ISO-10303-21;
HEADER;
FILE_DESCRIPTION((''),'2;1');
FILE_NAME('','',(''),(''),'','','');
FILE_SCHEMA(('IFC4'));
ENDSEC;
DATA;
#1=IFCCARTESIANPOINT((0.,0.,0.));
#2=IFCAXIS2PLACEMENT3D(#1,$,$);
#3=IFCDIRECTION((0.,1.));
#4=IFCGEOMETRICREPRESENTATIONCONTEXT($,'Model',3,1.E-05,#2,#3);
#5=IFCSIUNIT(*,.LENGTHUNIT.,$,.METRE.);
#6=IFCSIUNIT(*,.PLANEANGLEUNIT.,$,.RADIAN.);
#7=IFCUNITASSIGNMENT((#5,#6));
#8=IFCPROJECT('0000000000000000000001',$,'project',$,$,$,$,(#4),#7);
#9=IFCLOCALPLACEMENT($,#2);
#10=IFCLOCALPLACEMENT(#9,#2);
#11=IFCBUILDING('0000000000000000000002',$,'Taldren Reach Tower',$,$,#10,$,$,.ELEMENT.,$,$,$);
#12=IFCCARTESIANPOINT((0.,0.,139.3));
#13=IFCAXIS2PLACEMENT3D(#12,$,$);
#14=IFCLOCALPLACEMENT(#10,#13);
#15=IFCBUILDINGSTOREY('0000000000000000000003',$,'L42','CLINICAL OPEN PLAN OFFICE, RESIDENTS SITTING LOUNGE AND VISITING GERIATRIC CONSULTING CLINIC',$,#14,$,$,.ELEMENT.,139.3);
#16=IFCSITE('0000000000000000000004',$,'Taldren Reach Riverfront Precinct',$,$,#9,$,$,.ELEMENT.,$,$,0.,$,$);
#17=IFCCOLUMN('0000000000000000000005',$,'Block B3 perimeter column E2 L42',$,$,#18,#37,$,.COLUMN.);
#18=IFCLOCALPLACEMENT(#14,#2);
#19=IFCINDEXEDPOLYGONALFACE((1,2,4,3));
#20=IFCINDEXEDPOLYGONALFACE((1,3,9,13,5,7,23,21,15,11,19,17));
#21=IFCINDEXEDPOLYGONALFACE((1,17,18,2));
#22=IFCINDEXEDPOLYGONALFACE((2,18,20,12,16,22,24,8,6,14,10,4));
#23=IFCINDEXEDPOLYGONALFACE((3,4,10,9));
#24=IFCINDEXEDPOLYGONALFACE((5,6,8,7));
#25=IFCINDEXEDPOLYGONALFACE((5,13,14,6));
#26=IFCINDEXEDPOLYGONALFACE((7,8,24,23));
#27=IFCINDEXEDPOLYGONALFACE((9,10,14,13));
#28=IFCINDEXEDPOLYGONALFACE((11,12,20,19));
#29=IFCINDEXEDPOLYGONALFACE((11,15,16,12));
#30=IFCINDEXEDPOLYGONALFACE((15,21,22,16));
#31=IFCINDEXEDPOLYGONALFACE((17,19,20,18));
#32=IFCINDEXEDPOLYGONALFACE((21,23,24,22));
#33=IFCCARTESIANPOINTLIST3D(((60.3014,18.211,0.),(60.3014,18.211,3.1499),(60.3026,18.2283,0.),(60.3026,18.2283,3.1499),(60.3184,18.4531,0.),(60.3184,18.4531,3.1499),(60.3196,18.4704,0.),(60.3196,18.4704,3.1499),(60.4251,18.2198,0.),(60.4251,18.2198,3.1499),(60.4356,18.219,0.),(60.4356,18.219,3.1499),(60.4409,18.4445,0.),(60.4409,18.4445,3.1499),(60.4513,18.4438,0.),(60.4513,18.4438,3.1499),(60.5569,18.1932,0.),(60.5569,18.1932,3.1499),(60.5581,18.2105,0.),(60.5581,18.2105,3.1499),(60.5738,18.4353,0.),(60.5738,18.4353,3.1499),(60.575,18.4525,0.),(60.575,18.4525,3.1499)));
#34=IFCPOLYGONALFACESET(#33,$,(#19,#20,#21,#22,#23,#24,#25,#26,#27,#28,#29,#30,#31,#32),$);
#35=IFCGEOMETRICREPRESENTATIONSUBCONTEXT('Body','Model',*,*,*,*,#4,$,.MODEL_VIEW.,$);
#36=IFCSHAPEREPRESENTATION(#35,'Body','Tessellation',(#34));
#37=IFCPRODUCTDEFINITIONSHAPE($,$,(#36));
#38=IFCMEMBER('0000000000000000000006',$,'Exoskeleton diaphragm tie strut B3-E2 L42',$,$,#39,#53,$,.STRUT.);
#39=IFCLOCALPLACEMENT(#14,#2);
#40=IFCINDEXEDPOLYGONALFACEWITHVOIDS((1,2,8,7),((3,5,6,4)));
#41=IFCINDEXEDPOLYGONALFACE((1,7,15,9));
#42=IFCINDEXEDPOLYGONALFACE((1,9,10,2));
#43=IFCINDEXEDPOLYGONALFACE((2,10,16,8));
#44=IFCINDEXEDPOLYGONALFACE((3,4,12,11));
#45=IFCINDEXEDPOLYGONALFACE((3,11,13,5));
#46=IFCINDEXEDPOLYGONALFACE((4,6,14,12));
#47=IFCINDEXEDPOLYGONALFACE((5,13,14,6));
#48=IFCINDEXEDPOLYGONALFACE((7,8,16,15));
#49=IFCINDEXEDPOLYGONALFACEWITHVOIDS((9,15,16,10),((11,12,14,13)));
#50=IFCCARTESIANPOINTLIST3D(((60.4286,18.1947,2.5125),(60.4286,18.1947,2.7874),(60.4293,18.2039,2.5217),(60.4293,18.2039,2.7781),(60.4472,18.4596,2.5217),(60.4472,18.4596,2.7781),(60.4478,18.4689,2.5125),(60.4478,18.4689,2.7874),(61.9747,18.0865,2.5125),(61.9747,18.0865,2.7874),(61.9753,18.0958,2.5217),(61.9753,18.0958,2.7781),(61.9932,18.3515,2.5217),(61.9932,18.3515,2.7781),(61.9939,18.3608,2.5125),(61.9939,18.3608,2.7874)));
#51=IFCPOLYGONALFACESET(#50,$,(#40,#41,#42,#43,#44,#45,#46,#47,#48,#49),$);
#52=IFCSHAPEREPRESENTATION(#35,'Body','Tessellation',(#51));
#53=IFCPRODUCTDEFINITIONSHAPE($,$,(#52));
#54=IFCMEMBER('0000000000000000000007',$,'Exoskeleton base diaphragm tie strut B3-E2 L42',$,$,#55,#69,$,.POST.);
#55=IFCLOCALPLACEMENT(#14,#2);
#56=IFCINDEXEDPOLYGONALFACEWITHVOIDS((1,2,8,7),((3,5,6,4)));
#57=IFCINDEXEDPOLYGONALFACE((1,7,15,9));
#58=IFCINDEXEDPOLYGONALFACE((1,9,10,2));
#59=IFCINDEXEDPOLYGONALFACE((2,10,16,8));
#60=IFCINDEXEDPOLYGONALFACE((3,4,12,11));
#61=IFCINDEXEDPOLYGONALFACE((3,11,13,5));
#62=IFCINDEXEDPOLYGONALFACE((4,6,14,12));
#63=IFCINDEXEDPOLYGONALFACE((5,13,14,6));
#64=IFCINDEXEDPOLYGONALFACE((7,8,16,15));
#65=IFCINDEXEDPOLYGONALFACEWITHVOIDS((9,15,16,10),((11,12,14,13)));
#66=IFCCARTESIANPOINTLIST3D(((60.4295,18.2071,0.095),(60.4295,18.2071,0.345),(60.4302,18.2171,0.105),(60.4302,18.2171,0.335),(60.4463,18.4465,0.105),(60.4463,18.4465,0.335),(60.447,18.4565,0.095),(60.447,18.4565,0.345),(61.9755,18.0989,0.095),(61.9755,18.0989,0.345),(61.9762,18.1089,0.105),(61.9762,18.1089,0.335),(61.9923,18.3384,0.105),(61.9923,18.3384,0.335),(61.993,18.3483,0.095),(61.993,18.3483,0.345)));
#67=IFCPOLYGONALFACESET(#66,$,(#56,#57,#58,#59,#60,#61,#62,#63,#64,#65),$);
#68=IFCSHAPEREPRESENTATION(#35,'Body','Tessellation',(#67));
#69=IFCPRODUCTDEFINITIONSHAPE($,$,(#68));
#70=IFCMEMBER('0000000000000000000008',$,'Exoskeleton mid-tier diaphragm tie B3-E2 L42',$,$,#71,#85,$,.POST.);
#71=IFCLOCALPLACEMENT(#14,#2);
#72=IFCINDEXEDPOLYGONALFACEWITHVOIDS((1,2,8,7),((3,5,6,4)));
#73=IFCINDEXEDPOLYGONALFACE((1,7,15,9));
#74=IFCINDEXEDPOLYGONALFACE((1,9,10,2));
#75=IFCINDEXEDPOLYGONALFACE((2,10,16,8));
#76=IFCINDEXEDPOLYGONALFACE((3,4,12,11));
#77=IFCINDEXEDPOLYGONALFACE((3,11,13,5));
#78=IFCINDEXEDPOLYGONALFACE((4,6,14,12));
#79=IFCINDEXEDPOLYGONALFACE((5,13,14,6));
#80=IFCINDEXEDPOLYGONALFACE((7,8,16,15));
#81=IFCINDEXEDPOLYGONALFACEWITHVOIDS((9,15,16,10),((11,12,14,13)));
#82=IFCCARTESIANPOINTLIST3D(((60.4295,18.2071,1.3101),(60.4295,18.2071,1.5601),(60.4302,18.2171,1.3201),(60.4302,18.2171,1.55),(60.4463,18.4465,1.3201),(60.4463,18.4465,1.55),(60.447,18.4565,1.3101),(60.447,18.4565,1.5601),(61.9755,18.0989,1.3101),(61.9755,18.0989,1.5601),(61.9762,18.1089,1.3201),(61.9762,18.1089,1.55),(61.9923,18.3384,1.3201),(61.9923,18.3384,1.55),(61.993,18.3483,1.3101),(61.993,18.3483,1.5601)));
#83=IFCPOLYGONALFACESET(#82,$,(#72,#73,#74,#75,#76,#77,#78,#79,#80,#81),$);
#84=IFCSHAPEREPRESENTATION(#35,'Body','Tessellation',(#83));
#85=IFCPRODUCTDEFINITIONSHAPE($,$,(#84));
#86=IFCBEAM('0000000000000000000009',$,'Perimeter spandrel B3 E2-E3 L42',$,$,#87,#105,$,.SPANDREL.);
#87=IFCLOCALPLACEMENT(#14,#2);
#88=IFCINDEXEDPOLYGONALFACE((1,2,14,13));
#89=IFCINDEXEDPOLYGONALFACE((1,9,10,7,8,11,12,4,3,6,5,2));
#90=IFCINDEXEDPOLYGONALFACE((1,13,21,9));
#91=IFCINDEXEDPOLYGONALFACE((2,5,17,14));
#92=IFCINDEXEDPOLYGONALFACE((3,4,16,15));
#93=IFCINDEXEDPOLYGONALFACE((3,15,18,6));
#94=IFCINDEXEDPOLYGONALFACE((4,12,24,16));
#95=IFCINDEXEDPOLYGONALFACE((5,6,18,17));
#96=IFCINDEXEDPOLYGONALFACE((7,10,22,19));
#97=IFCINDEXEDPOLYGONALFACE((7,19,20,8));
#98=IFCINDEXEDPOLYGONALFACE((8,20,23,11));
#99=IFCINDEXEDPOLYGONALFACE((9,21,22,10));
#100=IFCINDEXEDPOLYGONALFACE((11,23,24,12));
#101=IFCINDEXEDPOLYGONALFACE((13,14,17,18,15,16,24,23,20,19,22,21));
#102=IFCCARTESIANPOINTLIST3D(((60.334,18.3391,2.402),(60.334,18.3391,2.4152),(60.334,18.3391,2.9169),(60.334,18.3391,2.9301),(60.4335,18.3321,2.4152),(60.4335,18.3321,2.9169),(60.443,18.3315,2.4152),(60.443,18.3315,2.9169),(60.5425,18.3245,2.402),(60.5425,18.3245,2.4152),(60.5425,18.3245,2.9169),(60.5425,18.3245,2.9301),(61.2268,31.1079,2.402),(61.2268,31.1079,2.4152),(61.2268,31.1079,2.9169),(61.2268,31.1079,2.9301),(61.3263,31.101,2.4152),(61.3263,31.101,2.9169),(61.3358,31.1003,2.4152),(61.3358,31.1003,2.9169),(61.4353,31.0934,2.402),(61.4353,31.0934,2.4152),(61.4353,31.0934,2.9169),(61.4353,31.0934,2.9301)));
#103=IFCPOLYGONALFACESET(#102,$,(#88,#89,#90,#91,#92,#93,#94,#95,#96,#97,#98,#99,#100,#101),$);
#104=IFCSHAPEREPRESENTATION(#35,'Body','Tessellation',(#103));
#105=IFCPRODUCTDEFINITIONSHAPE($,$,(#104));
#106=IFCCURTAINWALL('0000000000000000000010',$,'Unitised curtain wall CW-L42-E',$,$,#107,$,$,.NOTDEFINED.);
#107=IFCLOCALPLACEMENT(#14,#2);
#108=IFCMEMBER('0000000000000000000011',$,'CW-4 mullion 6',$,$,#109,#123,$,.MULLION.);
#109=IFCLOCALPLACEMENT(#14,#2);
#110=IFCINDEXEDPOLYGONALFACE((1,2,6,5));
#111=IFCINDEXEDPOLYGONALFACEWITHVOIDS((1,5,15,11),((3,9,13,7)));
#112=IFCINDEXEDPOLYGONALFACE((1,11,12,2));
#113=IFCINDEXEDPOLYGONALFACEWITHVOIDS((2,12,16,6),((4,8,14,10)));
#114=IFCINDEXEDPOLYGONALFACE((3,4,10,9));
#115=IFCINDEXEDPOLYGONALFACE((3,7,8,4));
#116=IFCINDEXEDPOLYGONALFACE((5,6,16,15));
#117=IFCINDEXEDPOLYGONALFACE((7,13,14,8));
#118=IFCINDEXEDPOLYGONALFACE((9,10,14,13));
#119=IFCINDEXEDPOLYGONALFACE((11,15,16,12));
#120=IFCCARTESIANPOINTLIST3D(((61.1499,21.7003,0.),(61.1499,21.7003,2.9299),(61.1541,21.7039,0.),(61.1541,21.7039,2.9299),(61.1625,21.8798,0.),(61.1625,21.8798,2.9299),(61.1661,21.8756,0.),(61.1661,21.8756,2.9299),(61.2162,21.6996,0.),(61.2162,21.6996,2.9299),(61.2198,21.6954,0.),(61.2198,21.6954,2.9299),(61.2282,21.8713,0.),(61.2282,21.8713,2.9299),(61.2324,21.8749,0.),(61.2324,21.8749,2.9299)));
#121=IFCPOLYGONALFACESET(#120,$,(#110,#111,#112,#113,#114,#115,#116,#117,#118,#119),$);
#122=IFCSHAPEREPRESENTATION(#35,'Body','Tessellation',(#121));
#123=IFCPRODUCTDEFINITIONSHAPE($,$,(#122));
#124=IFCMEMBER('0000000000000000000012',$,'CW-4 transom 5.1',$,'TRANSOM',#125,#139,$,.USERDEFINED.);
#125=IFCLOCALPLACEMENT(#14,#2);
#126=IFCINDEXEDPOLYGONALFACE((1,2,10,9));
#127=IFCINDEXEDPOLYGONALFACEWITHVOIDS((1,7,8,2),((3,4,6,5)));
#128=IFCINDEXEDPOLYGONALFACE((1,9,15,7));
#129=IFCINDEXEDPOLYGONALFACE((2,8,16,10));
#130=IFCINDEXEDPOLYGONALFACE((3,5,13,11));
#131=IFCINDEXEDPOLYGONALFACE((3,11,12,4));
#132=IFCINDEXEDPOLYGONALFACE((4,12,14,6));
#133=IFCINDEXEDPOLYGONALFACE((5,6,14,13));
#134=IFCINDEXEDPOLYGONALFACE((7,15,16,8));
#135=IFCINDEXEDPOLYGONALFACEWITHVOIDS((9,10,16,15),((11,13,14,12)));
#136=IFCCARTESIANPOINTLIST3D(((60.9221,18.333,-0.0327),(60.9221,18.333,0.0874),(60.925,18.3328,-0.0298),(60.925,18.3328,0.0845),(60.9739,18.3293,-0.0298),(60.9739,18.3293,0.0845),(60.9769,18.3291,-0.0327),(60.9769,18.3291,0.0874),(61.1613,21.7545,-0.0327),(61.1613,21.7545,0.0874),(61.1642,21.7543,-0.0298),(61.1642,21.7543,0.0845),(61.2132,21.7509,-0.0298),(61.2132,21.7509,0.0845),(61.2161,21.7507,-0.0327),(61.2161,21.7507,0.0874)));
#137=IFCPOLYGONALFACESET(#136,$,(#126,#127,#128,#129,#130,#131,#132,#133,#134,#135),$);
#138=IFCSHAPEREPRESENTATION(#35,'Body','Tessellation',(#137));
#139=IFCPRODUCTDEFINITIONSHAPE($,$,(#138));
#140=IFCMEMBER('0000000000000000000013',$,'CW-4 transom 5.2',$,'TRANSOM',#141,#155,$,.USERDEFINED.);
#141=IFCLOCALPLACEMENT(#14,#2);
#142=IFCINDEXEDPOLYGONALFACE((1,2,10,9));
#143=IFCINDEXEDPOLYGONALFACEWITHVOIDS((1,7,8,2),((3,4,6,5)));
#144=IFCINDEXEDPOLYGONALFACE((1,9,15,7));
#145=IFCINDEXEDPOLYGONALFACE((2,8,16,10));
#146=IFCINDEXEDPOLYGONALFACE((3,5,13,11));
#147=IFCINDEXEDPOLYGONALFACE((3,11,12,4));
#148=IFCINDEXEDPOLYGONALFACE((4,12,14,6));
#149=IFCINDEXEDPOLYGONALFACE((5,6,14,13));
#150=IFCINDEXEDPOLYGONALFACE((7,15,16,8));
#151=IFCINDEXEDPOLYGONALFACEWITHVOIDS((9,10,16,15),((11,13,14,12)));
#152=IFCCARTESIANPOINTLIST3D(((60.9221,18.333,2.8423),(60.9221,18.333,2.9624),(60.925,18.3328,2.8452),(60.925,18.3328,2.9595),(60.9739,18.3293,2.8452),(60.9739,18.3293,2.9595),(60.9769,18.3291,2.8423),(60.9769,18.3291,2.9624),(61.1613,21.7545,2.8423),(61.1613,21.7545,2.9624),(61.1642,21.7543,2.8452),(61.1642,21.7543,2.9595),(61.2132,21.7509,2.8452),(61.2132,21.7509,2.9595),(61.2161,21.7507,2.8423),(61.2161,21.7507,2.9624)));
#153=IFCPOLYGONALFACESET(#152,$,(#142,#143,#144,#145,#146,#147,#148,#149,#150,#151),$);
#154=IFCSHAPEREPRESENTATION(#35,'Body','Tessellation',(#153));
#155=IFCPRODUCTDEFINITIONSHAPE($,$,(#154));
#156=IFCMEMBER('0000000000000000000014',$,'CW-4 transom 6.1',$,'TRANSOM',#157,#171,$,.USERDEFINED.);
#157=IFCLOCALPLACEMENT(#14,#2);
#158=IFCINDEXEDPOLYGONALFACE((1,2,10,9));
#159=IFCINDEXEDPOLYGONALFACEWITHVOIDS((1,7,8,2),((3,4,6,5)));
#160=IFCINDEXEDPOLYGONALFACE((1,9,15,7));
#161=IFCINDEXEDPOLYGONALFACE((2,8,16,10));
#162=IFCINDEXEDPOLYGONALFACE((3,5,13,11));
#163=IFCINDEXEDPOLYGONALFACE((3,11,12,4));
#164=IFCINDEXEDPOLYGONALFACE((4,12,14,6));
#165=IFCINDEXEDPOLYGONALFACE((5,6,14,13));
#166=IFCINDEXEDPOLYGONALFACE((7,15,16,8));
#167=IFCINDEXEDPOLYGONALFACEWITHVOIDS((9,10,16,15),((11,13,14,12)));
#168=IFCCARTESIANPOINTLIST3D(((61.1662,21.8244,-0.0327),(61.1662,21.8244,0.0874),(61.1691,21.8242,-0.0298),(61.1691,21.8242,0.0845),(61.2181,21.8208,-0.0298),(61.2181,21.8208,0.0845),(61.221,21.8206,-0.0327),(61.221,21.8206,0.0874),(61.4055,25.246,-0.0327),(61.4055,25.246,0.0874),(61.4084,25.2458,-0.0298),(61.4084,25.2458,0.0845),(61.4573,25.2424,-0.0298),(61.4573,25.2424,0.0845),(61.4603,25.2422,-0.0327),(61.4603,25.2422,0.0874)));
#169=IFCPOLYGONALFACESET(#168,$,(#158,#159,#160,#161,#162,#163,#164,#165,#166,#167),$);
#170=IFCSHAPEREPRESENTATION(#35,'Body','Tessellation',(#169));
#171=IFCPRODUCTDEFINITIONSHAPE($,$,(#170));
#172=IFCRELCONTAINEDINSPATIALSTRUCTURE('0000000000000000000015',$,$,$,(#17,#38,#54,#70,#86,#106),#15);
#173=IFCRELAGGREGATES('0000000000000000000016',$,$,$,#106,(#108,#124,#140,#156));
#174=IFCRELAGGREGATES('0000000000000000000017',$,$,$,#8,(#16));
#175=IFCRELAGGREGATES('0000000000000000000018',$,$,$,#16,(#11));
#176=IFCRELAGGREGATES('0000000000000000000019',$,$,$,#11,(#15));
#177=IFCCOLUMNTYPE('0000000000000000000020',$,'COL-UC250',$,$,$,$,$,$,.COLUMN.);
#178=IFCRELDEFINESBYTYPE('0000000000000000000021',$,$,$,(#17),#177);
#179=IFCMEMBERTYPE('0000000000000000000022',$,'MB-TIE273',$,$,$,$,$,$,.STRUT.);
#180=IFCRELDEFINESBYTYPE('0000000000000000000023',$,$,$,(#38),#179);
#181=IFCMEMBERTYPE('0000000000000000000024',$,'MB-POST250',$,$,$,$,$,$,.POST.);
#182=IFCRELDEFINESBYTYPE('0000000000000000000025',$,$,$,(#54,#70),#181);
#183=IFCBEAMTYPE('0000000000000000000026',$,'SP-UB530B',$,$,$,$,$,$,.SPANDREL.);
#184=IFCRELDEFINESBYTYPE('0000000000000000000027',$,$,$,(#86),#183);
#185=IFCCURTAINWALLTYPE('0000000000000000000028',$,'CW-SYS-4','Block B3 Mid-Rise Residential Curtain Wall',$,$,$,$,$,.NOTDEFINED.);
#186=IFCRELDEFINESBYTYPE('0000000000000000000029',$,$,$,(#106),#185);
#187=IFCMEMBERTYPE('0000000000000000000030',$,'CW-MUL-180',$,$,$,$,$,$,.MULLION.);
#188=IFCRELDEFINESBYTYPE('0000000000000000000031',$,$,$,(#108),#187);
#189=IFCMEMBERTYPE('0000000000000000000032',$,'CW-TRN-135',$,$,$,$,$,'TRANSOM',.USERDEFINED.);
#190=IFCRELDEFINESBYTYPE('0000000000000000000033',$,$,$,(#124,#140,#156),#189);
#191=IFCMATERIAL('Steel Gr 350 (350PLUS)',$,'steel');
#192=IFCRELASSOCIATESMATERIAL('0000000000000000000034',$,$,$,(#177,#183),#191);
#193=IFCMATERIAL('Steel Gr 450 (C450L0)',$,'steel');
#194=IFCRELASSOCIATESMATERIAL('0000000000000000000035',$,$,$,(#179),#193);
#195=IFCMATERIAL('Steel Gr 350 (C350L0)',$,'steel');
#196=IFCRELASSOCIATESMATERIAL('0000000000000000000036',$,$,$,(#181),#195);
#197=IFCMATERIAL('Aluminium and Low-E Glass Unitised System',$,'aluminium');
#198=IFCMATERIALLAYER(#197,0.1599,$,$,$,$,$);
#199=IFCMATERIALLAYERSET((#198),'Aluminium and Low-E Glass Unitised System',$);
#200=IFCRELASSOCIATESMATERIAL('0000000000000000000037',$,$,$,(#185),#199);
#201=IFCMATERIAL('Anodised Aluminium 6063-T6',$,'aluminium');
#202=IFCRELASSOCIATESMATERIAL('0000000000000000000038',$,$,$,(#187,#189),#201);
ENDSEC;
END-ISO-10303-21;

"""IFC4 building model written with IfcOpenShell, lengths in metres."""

from ifc_helpers import new_model, si_unit, direction, frame, origin, origin_2d, place, context, subcontext, project, spatial, hollow_rectangle, i_section, extrude, source, transform, mapped, material, layer, layer_set, material_profile, profile_set, type_object, element, aggregate, save


model = new_model("IFC4")

# Units and contexts
model_context = context("Model", 3, precision=1e-05, world=origin(), true_north=direction((0.0, 1.0)))
body_context = subcontext(model_context, "Body", "Model", "MODEL_VIEW")
ifc_project = project(units=[si_unit("LENGTHUNIT", "METRE"), si_unit("PLANEANGLEUNIT", "RADIAN")], contexts=[model_context])

# Site, building, storey
site_placement = place(None, origin())
site = spatial("IfcSite", under=ifc_project, at=site_placement, Name="Taldren Reach Riverfront Precinct", CompositionType="ELEMENT", RefElevation=0.0)
building_placement = place(site_placement, origin())
building = spatial("IfcBuilding", under=site, at=building_placement, Name="Taldren Reach Tower", CompositionType="ELEMENT")
storey_placement = place(building_placement, frame((0.0, 0.0, 139.3)))
storey = spatial("IfcBuildingStorey", under=building, at=storey_placement, Name="L42", Description="CLINICAL OPEN PLAN OFFICE, RESIDENTS SITTING LOUNGE AND VISITING GERIATRIC CONSULTING CLINIC", CompositionType="ELEMENT", Elevation=139.3)

# Column
ifc_material_1 = material(Name="Steel Gr 350 (350PLUS)", Category="steel")
ifc_material_profile_1 = material_profile(ifc_material_1, i_section(OverallWidth=0.2561, OverallDepth=0.26, WebThickness=0.0105, FlangeThickness=0.0173, at=origin_2d()), Name="250UC89.5")
ifc_profile_set_1 = profile_set([ifc_material_profile_1], Name="Steel Gr 350 (350PLUS)")
column_type = type_object("IfcColumnType", Name="COL-UC250", PredefinedType="COLUMN", material=ifc_profile_set_1)
shared_shape_1 = source(origin(), body_context, "Body", "SweptSolid", [
    extrude(i_section(OverallWidth=0.2561, OverallDepth=0.26, WebThickness=0.0105, FlangeThickness=0.0173, at=origin_2d()), origin(), (0.0, 0.0, 1.0), 3.1499),
])
column_placement = place(storey_placement, frame((60.4382, 18.3318, 0.0), z_axis=(0.0, 0.0, 1.0), x_axis=(0.997564, -0.069756, 0.0)))
element("IfcColumn", 1, at=column_placement, inside=storey, type_object=column_type, Name="Block B3 perimeter column E2 L42", PredefinedType="COLUMN", context=body_context, shape_type="MappedRepresentation", body=[
    mapped(shared_shape_1, transform((0.0, 0.0, 0.0), scale=1.0)),
])

# Members
ifc_material_2 = material(Name="Steel Gr 450 (C450L0)", Category="steel")
ifc_material_profile_2 = material_profile(ifc_material_2, hollow_rectangle(XDim=0.2749, YDim=0.2749, WallThickness=0.0093, at=origin_2d()), Name="275x275x9.3SHS")
ifc_profile_set_2 = profile_set([ifc_material_profile_2], Name="Steel Gr 450 (C450L0)")
member_type_1 = type_object("IfcMemberType", Name="MB-TIE273", PredefinedType="STRUT", material=ifc_profile_set_2)
shared_shape_2 = source(origin(), body_context, "Body", "SweptSolid", [
    extrude(hollow_rectangle(XDim=0.2749, YDim=0.2749, WallThickness=0.0093, at=origin_2d()), origin(), (0.0, 0.0, 1.0), 1.5498),
])
member_1_placement = place(storey_placement, frame((60.4382, 18.3318, 2.6499), z_axis=(0.997562, -0.069781, 0.0), x_axis=(0.069781, 0.997562, 0.0)))
element("IfcMember", 2, at=member_1_placement, inside=storey, type_object=member_type_1, Name="Exoskeleton diaphragm tie strut B3-E2 L42", PredefinedType="STRUT", context=body_context, shape_type="MappedRepresentation", body=[
    mapped(shared_shape_2, transform((0.0, 0.0, 0.0), scale=1.0)),
])
ifc_material_3 = material(Name="Steel Gr 350 (C350L0)", Category="steel")
ifc_material_profile_3 = material_profile(ifc_material_3, hollow_rectangle(XDim=0.25, YDim=0.25, WallThickness=0.01, at=origin_2d()), Name="250x250x10.0SHS")
ifc_profile_set_3 = profile_set([ifc_material_profile_3], Name="Steel Gr 350 (C350L0)")
member_type_2 = type_object("IfcMemberType", Name="MB-POST250", PredefinedType="POST", material=ifc_profile_set_3)
shared_shape_3 = source(origin(), body_context, "Body", "SweptSolid", [
    extrude(hollow_rectangle(XDim=0.25, YDim=0.25, WallThickness=0.01, at=origin_2d()), origin(), (0.0, 0.0, 1.0), 1.5498),
])
for number, where, z_axis, x_axis, name in (
    (3, (60.4382, 18.3318, 0.22), (0.997562, -0.069781, 0.0), (0.069781, 0.997562, 0.0), "Exoskeleton base diaphragm tie strut B3-E2 L42"),
    (4, (60.4382, 18.3318, 1.4351), (0.997562, -0.069781, 0.0), (0.069781, 0.997562, 0.0), "Exoskeleton mid-tier diaphragm tie B3-E2 L42"),
):
    element("IfcMember", number, at=place(storey_placement, frame(where, z_axis=z_axis, x_axis=x_axis)), inside=storey, type_object=member_type_2, Name=name, PredefinedType="POST", context=body_context, shape_type="MappedRepresentation", body=[
        mapped(shared_shape_3, transform((0.0, 0.0, 0.0), scale=1.0)),
    ])

# Beam
ifc_material_profile_4 = material_profile(ifc_material_1, i_section(OverallWidth=0.209, OverallDepth=0.5281, WebThickness=0.0095, FlangeThickness=0.0132, at=origin_2d()), Name="530UB82.0")
ifc_profile_set_4 = profile_set([ifc_material_profile_4], Name="Steel Gr 350 (350PLUS)")
beam_type = type_object("IfcBeamType", Name="SP-UB530B", PredefinedType="SPANDREL", material=ifc_profile_set_4)
shared_shape_4 = source(origin(), body_context, "Body", "SweptSolid", [
    extrude(i_section(OverallWidth=0.209, OverallDepth=0.5281, WebThickness=0.0095, FlangeThickness=0.0132, at=origin_2d()), origin(), (0.0, 0.0, 1.0), 12.8),
])
beam_placement = place(storey_placement, frame((60.4382, 18.3318, 2.666), z_axis=(0.069752, 0.997564, 0.0), x_axis=(-0.997564, 0.069752, 0.0)))
element("IfcBeam", 5, at=beam_placement, inside=storey, type_object=beam_type, Name="Perimeter spandrel B3 E2-E3 L42", PredefinedType="SPANDREL", context=body_context, shape_type="MappedRepresentation", body=[
    mapped(shared_shape_4, transform((0.0, 0.0, 0.0), scale=1.0)),
])

# Curtain wall, members
ifc_material_4 = material(Name="Aluminium and Low-E Glass Unitised System", Category="aluminium")
ifc_layer_1 = layer(ifc_material_4, 0.1599)
ifc_layer_set_1 = layer_set([ifc_layer_1], Name="Aluminium and Low-E Glass Unitised System")
curtain_wall_type = type_object("IfcCurtainWallType", Name="CW-SYS-4", Description="Block B3 Mid-Rise Residential Curtain Wall", PredefinedType="NOTDEFINED", material=ifc_layer_set_1)
curtain_wall_placement = place(storey_placement, origin())
curtain_wall = element("IfcCurtainWall", 6, at=curtain_wall_placement, inside=storey, type_object=curtain_wall_type, Name="Unitised curtain wall CW-L42-E", PredefinedType="NOTDEFINED")
ifc_material_5 = material(Name="Anodised Aluminium 6063-T6", Category="aluminium")
ifc_material_profile_5 = material_profile(ifc_material_5, hollow_rectangle(XDim=0.0701, YDim=0.1799, WallThickness=0.0039, at=origin_2d()), Name="ALU-180x70x4RHS")
ifc_profile_set_5 = profile_set([ifc_material_profile_5], Name="Anodised Aluminium 6063-T6")
member_type_3 = type_object("IfcMemberType", Name="CW-MUL-180", PredefinedType="MULLION", material=ifc_profile_set_5)
shared_shape_5 = source(origin(), body_context, "Body", "SweptSolid", [
    extrude(hollow_rectangle(XDim=0.0701, YDim=0.1799, WallThickness=0.0039, at=origin_2d()), origin(), (0.0, 0.0, 1.0), 2.9299),
])
member_2_placement = place(storey_placement, frame((61.1912, 21.7876, 0.0), z_axis=(0.0, 0.0, 1.0), x_axis=(-0.997564, 0.069756, 0.0)))
member_2 = element("IfcMember", 7, at=member_2_placement, type_object=member_type_3, Name="CW-4 mullion 6", PredefinedType="MULLION", context=body_context, shape_type="MappedRepresentation", body=[
    mapped(shared_shape_5, transform((0.0, 0.0, 0.0), scale=1.0)),
])
ifc_material_profile_6 = material_profile(ifc_material_5, hollow_rectangle(XDim=0.0549, YDim=0.1201, WallThickness=0.0029, at=origin_2d()), Name="ALU-120x55x3RHS")
ifc_profile_set_6 = profile_set([ifc_material_profile_6], Name="Anodised Aluminium 6063-T6")
member_type_4 = type_object("IfcMemberType", Name="CW-TRN-135", ElementType="TRANSOM", PredefinedType="USERDEFINED", material=ifc_profile_set_6)
shared_shape_6 = source(origin(), body_context, "Body", "SweptSolid", [
    extrude(hollow_rectangle(XDim=0.0549, YDim=0.1201, WallThickness=0.0029, at=origin_2d()), origin(), (0.0, 0.0, 1.0), 3.4299),
])
member_3_placement = place(storey_placement, frame((60.9495, 18.3311, 0.0273), z_axis=(0.069755, 0.997564, 0.0), x_axis=(-0.997564, 0.069755, 0.0)))
member_3 = element("IfcMember", 8, at=member_3_placement, type_object=member_type_4, Name="CW-4 transom 5.1", ObjectType="TRANSOM", PredefinedType="USERDEFINED", context=body_context, shape_type="MappedRepresentation", body=[
    mapped(shared_shape_6, transform((0.0, 0.0, 0.0), scale=1.0)),
])
member_4_placement = place(storey_placement, frame((60.9495, 18.3311, 2.9023), z_axis=(0.069755, 0.997564, 0.0), x_axis=(-0.997564, 0.069755, 0.0)))
member_4 = element("IfcMember", 9, at=member_4_placement, type_object=member_type_4, Name="CW-4 transom 5.2", ObjectType="TRANSOM", PredefinedType="USERDEFINED", context=body_context, shape_type="MappedRepresentation", body=[
    mapped(shared_shape_6, transform((0.0, 0.0, 0.0), scale=1.0)),
])
member_5_placement = place(storey_placement, frame((61.1936, 21.8225, 0.0273), z_axis=(0.069755, 0.997564, 0.0), x_axis=(-0.997564, 0.069755, 0.0)))
member_5 = element("IfcMember", 10, at=member_5_placement, type_object=member_type_4, Name="CW-4 transom 6.1", ObjectType="TRANSOM", PredefinedType="USERDEFINED", context=body_context, shape_type="MappedRepresentation", body=[
    mapped(shared_shape_6, transform((0.0, 0.0, 0.0), scale=1.0)),
])
aggregate(curtain_wall, [member_2, member_3, member_4, member_5])

save(model, "model.ifc")
